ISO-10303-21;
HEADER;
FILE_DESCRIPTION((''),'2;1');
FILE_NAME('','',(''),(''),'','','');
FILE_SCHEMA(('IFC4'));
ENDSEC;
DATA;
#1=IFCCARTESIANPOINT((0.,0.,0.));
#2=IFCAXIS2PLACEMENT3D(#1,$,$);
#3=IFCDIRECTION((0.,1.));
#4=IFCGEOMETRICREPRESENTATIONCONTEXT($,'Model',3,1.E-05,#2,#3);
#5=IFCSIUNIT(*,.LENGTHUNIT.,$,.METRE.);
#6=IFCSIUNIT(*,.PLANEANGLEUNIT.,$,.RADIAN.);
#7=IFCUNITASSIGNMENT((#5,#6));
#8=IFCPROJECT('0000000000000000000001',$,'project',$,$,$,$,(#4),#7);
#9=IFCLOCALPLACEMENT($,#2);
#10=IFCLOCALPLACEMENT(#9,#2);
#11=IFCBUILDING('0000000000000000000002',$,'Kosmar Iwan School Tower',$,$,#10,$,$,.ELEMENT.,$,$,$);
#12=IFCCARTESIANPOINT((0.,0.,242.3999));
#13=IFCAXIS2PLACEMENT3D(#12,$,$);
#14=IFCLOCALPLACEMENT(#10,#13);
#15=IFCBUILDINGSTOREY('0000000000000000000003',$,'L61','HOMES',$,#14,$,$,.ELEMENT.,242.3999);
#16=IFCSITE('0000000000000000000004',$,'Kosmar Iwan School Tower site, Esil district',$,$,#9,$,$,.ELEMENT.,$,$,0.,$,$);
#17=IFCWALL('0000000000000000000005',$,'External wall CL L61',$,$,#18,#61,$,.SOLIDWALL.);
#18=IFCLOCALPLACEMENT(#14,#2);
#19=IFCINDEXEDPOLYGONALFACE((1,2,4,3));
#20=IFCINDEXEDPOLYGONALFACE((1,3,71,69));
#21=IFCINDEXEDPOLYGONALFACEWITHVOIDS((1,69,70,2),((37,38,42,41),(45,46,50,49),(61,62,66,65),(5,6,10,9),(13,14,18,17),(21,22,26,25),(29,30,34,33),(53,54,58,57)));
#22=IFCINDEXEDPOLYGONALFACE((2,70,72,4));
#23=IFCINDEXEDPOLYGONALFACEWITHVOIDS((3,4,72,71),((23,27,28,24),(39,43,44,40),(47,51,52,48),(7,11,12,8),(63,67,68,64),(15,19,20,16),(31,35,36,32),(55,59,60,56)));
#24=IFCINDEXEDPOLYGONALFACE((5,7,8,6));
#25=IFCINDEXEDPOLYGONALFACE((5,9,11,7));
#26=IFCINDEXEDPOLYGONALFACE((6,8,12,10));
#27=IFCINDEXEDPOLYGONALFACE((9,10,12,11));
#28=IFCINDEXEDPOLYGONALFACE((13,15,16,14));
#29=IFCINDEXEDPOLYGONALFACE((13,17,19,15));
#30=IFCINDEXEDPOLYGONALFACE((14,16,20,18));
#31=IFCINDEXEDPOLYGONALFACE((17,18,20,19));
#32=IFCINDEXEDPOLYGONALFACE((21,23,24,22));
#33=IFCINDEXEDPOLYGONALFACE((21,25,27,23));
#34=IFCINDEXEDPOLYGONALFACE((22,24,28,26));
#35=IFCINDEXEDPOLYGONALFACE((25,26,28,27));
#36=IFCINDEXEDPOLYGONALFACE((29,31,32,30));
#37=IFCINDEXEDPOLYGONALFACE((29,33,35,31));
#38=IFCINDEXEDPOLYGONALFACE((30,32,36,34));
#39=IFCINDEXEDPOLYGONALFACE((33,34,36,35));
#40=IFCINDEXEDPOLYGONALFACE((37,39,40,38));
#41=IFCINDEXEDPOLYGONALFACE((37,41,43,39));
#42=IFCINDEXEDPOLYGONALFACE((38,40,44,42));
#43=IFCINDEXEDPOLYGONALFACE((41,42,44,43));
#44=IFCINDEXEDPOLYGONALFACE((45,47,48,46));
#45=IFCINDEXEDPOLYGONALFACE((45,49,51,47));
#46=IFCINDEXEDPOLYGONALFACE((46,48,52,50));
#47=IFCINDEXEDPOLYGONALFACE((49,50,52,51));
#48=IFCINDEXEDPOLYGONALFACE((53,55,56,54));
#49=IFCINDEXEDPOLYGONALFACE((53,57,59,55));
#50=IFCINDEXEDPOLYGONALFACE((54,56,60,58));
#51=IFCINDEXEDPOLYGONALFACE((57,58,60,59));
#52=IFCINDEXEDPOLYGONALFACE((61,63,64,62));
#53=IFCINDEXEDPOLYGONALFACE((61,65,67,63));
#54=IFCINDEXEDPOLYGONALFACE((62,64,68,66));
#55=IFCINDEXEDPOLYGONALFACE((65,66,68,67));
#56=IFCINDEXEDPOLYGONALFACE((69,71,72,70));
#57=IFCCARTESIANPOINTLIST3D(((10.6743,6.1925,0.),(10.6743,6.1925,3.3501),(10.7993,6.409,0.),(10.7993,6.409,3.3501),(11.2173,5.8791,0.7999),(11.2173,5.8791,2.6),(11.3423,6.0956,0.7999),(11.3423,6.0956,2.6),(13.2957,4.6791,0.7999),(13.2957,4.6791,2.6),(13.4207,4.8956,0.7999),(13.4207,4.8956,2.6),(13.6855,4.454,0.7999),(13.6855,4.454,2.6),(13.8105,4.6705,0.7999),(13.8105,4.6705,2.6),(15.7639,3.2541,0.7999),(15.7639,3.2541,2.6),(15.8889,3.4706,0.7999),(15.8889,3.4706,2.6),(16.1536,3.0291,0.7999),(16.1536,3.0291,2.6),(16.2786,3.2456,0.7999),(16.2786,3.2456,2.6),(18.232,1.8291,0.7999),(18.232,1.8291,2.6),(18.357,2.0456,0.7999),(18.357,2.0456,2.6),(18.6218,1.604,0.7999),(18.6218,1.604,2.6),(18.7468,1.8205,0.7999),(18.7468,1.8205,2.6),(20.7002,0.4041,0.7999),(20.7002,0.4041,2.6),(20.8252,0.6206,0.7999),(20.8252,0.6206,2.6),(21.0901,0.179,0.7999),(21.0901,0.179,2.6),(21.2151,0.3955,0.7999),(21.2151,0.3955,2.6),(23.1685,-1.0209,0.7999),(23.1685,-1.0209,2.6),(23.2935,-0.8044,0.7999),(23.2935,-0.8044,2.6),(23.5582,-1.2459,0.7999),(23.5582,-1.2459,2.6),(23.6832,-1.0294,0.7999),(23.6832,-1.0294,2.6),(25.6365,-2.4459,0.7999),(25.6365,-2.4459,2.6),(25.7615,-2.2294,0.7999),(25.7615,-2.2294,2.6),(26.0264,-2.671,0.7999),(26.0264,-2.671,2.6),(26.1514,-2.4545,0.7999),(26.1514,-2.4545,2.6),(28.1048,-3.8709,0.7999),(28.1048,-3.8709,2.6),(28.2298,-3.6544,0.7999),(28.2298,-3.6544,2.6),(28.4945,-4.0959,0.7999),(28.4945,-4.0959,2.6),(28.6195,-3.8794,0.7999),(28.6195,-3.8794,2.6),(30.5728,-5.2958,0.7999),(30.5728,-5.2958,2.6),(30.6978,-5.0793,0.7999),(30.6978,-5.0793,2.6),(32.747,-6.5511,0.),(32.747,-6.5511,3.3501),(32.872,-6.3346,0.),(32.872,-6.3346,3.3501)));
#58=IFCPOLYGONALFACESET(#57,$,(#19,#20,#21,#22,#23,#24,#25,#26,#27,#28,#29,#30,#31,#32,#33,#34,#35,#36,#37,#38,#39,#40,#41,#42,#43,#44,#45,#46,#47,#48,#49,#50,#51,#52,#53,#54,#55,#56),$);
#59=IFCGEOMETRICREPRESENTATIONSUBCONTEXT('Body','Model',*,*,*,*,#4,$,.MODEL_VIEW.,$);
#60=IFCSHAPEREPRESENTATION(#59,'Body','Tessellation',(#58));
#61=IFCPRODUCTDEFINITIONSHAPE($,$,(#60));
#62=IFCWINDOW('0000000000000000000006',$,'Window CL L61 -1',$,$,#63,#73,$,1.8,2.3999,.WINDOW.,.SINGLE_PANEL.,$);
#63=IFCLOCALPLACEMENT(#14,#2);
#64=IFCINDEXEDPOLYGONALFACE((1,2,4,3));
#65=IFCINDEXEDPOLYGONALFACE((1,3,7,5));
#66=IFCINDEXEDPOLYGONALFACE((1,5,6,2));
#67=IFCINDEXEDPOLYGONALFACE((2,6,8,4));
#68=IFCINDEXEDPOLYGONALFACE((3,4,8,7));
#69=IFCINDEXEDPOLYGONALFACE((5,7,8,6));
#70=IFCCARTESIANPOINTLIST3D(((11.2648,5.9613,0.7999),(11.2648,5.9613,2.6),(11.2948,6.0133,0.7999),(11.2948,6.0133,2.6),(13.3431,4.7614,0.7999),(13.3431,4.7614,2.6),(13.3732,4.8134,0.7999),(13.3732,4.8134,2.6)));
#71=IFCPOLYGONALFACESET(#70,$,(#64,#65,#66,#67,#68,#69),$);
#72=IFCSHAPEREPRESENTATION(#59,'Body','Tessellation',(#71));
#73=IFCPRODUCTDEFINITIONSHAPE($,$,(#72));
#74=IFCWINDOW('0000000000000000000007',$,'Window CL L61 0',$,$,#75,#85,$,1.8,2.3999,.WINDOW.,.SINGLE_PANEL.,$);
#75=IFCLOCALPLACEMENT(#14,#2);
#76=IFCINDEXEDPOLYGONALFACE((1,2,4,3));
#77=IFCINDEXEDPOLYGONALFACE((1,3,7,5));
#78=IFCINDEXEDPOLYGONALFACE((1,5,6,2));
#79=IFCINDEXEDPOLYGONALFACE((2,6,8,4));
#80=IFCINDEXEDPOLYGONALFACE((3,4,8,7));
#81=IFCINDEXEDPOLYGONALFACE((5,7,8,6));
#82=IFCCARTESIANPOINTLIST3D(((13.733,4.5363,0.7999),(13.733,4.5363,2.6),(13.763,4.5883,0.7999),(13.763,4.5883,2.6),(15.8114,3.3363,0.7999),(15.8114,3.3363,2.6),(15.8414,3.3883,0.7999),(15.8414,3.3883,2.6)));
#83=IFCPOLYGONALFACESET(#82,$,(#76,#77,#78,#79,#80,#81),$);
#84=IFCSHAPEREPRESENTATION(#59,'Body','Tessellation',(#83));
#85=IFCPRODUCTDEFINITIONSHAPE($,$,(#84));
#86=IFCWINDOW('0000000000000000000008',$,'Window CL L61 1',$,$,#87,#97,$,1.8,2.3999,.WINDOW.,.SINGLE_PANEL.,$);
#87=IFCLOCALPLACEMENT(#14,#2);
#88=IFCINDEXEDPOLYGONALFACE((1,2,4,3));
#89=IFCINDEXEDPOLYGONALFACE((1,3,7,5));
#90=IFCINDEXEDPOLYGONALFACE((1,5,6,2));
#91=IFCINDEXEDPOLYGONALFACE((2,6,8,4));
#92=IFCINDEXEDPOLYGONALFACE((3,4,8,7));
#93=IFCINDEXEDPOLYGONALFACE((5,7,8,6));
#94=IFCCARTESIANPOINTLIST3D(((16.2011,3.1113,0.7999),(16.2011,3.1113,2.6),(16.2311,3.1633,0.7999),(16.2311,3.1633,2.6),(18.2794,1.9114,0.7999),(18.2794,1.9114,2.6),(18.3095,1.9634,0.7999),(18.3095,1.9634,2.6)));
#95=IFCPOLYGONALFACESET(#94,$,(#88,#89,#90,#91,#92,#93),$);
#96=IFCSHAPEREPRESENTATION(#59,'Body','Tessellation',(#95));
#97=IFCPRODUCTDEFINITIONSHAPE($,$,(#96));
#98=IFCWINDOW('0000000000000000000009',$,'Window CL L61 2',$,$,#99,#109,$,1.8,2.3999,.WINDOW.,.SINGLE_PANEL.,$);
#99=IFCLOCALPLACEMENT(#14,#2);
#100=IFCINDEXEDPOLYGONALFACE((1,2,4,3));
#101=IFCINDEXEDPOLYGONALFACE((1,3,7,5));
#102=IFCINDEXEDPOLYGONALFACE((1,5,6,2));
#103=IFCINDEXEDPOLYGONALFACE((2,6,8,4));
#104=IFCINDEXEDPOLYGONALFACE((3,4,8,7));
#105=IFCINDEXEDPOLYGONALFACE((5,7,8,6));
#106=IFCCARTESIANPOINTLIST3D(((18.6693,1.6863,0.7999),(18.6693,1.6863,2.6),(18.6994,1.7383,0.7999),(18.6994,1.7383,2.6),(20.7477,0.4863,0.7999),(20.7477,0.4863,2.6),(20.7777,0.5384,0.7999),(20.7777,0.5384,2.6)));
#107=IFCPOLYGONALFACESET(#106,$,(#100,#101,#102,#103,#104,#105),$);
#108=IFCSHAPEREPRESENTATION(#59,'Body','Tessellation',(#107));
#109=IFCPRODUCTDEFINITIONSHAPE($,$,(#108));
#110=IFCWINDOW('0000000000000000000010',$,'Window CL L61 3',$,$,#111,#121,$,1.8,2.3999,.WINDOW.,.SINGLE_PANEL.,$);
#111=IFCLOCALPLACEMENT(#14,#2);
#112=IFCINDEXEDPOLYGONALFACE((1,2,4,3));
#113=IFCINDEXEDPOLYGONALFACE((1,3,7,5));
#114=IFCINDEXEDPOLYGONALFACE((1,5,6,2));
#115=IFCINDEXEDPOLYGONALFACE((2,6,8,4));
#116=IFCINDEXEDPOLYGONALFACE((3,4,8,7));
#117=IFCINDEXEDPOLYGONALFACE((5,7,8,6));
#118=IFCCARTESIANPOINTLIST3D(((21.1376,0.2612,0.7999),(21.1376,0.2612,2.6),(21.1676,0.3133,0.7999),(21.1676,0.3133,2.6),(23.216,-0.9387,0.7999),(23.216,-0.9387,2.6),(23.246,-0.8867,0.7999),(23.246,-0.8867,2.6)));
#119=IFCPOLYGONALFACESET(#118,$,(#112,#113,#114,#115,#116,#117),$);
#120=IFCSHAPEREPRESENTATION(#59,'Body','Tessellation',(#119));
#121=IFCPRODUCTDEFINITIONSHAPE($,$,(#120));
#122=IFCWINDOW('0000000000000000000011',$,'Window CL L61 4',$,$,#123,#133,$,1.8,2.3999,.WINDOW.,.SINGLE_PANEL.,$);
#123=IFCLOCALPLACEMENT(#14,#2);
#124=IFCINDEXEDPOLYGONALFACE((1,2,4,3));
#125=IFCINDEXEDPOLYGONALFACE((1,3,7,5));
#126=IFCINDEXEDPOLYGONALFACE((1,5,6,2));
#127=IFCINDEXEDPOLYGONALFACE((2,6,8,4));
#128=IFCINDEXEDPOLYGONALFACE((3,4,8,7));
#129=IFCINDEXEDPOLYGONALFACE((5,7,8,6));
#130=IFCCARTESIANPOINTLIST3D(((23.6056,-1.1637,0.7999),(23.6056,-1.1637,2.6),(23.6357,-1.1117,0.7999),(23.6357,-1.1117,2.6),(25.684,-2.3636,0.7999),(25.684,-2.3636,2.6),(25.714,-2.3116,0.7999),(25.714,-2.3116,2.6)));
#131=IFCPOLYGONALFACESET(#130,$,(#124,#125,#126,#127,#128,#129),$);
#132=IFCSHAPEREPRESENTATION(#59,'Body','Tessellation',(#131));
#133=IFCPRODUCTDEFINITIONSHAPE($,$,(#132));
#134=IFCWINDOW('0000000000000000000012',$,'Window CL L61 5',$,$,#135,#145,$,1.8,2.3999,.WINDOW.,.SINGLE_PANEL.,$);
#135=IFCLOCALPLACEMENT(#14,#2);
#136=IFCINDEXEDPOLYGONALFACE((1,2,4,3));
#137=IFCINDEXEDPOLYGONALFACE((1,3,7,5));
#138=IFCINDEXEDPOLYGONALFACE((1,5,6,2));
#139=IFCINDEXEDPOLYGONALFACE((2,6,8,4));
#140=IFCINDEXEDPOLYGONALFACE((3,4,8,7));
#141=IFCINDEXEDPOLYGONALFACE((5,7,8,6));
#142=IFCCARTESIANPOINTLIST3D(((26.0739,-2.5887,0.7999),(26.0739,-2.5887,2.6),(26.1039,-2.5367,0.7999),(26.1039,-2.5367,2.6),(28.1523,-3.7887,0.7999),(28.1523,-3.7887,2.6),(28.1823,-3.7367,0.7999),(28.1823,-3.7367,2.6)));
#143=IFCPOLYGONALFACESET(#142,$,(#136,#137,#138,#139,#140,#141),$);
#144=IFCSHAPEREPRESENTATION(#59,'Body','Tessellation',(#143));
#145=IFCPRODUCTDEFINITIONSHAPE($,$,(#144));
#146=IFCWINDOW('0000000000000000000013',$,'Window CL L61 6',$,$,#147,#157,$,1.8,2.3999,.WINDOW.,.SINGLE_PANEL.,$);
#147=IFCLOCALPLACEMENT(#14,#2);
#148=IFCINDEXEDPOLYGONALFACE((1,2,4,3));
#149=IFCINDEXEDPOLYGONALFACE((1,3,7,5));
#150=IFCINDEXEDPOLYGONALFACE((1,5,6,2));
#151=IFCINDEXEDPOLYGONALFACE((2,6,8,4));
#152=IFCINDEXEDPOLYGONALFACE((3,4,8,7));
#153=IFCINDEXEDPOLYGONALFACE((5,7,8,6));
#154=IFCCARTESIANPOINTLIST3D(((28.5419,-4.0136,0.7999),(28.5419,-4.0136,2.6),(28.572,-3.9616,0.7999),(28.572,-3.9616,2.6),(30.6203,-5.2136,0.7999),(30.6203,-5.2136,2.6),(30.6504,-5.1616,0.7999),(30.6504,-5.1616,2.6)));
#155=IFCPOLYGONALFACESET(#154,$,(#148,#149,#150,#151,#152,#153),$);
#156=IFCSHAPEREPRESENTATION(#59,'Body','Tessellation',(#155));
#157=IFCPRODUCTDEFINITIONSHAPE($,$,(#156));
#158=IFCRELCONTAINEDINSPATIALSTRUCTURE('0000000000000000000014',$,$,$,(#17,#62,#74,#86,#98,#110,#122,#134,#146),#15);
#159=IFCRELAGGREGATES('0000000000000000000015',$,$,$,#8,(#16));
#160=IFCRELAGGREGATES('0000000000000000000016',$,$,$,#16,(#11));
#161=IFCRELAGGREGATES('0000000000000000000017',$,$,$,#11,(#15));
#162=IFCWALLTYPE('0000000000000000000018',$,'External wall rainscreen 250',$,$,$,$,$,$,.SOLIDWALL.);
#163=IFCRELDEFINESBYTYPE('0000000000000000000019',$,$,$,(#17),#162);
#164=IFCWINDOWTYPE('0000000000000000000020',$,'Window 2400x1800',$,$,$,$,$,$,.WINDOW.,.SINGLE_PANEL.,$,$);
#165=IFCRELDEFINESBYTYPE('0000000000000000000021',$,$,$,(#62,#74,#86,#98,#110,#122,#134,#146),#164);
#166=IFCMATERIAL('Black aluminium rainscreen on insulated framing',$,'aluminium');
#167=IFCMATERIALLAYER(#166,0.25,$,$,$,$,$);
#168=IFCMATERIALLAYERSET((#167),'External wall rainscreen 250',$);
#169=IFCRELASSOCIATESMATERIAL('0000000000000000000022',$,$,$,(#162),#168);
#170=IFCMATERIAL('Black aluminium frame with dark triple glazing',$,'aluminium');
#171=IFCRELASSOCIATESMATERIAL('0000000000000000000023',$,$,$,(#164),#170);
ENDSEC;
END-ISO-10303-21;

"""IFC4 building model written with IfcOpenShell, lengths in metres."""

from ifc_helpers import new_model, si_unit, direction, frame, frame_2d, origin, place, context, subcontext, project, spatial, rectangle, extrude, material, layer, layer_set, type_object, element, fill, save


model = new_model("IFC4")

# Units and contexts
model_context = context("Model", 3, precision=1e-05, world=origin(), true_north=direction((0.0, 1.0)))
body_context = subcontext(model_context, "Body", "Model", "MODEL_VIEW")
ifc_project = project(units=[si_unit("LENGTHUNIT", "METRE"), si_unit("PLANEANGLEUNIT", "RADIAN")], contexts=[model_context])

# Site, building, storey
site_placement = place(None, origin())
site = spatial("IfcSite", under=ifc_project, at=site_placement, Name="Kosmar Iwan School Tower site, Esil district", CompositionType="ELEMENT", RefElevation=0.0)
building_placement = place(site_placement, origin())
building = spatial("IfcBuilding", under=site, at=building_placement, Name="Kosmar Iwan School Tower", CompositionType="ELEMENT")
storey_placement = place(building_placement, frame((0.0, 0.0, 242.3999)))
storey = spatial("IfcBuildingStorey", under=building, at=storey_placement, Name="L61", Description="HOMES", CompositionType="ELEMENT", Elevation=242.3999)

# Wall, openings, windows
ifc_material_1 = material(Name="Black aluminium rainscreen on insulated framing", Category="aluminium")
ifc_layer_1 = layer(ifc_material_1, 0.25)
ifc_layer_set_1 = layer_set([ifc_layer_1], Name="External wall rainscreen 250")
wall_type_1 = type_object("IfcWallType", Name="External wall rainscreen 250", PredefinedType="SOLIDWALL", material=ifc_layer_set_1)
wall_1_placement = place(storey_placement, frame((10.7368, 6.3008, 0.0), z_axis=(0.0, 0.0, 1.0), x_axis=(0.866026, -0.499998, 0.0)))
wall_1 = element("IfcWall", 1, at=wall_1_placement, inside=storey, type_object=wall_type_1, Name="External wall CL L61", PredefinedType="SOLIDWALL", context=body_context, shape_type="SweptSolid", body=[
    extrude(rectangle(XDim=25.4873, YDim=0.25, at=frame_2d((12.7437, 0.0))), origin(), (0.0, 0.0, 1.0), 3.3501),
])
opening_1_placement = place(wall_1_placement, frame((0.627, 0.0, 0.8)))
opening_1 = element("IfcOpeningElement", 2, at=opening_1_placement, cuts=wall_1, PredefinedType="OPENING", context=body_context, shape_type="SweptSolid", body=[
    extrude(rectangle(XDim=2.3999, YDim=1.8, at=frame_2d((1.2, 0.8999))), frame((0.0, 0.137, 0.0), z_axis=(0.0, -1.0, 0.0), x_axis=(1.0, 0.0, 0.0)), (0.0, 0.0, 1.0), 0.2739),
])
opening_2_placement = place(wall_1_placement, frame((3.4771, 0.0, 0.8)))
opening_2 = element("IfcOpeningElement", 3, at=opening_2_placement, cuts=wall_1, PredefinedType="OPENING", context=body_context, shape_type="SweptSolid", body=[
    extrude(rectangle(XDim=2.3999, YDim=1.8, at=frame_2d((1.2, 0.8999))), frame((0.0, 0.137, 0.0), z_axis=(0.0, -1.0, 0.0), x_axis=(1.0, 0.0, 0.0)), (0.0, 0.0, 1.0), 0.2739),
])
opening_3_placement = place(wall_1_placement, frame((6.3269, 0.0, 0.8)))
opening_3 = element("IfcOpeningElement", 4, at=opening_3_placement, cuts=wall_1, PredefinedType="OPENING", context=body_context, shape_type="SweptSolid", body=[
    extrude(rectangle(XDim=2.3999, YDim=1.8, at=frame_2d((1.2, 0.8999))), frame((0.0, 0.137, 0.0), z_axis=(0.0, -1.0, 0.0), x_axis=(1.0, 0.0, 0.0)), (0.0, 0.0, 1.0), 0.2739),
])
opening_4_placement = place(wall_1_placement, frame((9.177, 0.0, 0.8)))
opening_4 = element("IfcOpeningElement", 5, at=opening_4_placement, cuts=wall_1, PredefinedType="OPENING", context=body_context, shape_type="SweptSolid", body=[
    extrude(rectangle(XDim=2.3999, YDim=1.8, at=frame_2d((1.2, 0.8999))), frame((0.0, 0.137, 0.0), z_axis=(0.0, -1.0, 0.0), x_axis=(1.0, 0.0, 0.0)), (0.0, 0.0, 1.0), 0.2739),
])
opening_5_placement = place(wall_1_placement, frame((12.0271, 0.0, 0.8)))
opening_5 = element("IfcOpeningElement", 6, at=opening_5_placement, cuts=wall_1, PredefinedType="OPENING", context=body_context, shape_type="SweptSolid", body=[
    extrude(rectangle(XDim=2.3999, YDim=1.8, at=frame_2d((1.2, 0.8999))), frame((0.0, 0.137, 0.0), z_axis=(0.0, -1.0, 0.0), x_axis=(1.0, 0.0, 0.0)), (0.0, 0.0, 1.0), 0.2739),
])
opening_6_placement = place(wall_1_placement, frame((14.877, 0.0, 0.8)))
opening_6 = element("IfcOpeningElement", 7, at=opening_6_placement, cuts=wall_1, PredefinedType="OPENING", context=body_context, shape_type="SweptSolid", body=[
    extrude(rectangle(XDim=2.3999, YDim=1.8, at=frame_2d((1.2, 0.8999))), frame((0.0, 0.137, 0.0), z_axis=(0.0, -1.0, 0.0), x_axis=(1.0, 0.0, 0.0)), (0.0, 0.0, 1.0), 0.2739),
])
opening_7_placement = place(wall_1_placement, frame((17.7271, 0.0, 0.8)))
opening_7 = element("IfcOpeningElement", 8, at=opening_7_placement, cuts=wall_1, PredefinedType="OPENING", context=body_context, shape_type="SweptSolid", body=[
    extrude(rectangle(XDim=2.3999, YDim=1.8, at=frame_2d((1.2, 0.8999))), frame((0.0, 0.137, 0.0), z_axis=(0.0, -1.0, 0.0), x_axis=(1.0, 0.0, 0.0)), (0.0, 0.0, 1.0), 0.2739),
])
opening_8_placement = place(wall_1_placement, frame((20.5769, 0.0, 0.8)))
opening_8 = element("IfcOpeningElement", 9, at=opening_8_placement, cuts=wall_1, PredefinedType="OPENING", context=body_context, shape_type="SweptSolid", body=[
    extrude(rectangle(XDim=2.3999, YDim=1.8, at=frame_2d((1.2, 0.8999))), frame((0.0, 0.137, 0.0), z_axis=(0.0, -1.0, 0.0), x_axis=(1.0, 0.0, 0.0)), (0.0, 0.0, 1.0), 0.2739),
])
ifc_material_2 = material(Name="Black aluminium frame with dark triple glazing", Category="aluminium")
window_type = type_object("IfcWindowType", Name="Window 2400x1800", PartitioningType="SINGLE_PANEL", PredefinedType="WINDOW", material=ifc_material_2)
window_1_placement = place(opening_1_placement, origin())
window_1 = element("IfcWindow", 10, at=window_1_placement, inside=storey, type_object=window_type, Name="Window CL L61 -1", OverallHeight=1.8, OverallWidth=2.3999, PartitioningType="SINGLE_PANEL", PredefinedType="WINDOW", context=body_context, shape_type="SweptSolid", body=[
    extrude(rectangle(XDim=2.3999, YDim=1.8, at=frame_2d((1.2, 0.8999))), frame((0.0, 0.03, 0.0), z_axis=(0.0, -1.0, 0.0), x_axis=(1.0, 0.0, 0.0)), (0.0, 0.0, 1.0), 0.0601),
])
fill(opening_1, window_1)
window_2_placement = place(opening_2_placement, origin())
window_2 = element("IfcWindow", 11, at=window_2_placement, inside=storey, type_object=window_type, Name="Window CL L61 0", OverallHeight=1.8, OverallWidth=2.3999, PartitioningType="SINGLE_PANEL", PredefinedType="WINDOW", context=body_context, shape_type="SweptSolid", body=[
    extrude(rectangle(XDim=2.3999, YDim=1.8, at=frame_2d((1.2, 0.8999))), frame((0.0, 0.03, 0.0), z_axis=(0.0, -1.0, 0.0), x_axis=(1.0, 0.0, 0.0)), (0.0, 0.0, 1.0), 0.0601),
])
fill(opening_2, window_2)
window_3_placement = place(opening_3_placement, origin())
window_3 = element("IfcWindow", 12, at=window_3_placement, inside=storey, type_object=window_type, Name="Window CL L61 1", OverallHeight=1.8, OverallWidth=2.3999, PartitioningType="SINGLE_PANEL", PredefinedType="WINDOW", context=body_context, shape_type="SweptSolid", body=[
    extrude(rectangle(XDim=2.3999, YDim=1.8, at=frame_2d((1.2, 0.8999))), frame((0.0, 0.03, 0.0), z_axis=(0.0, -1.0, 0.0), x_axis=(1.0, 0.0, 0.0)), (0.0, 0.0, 1.0), 0.0601),
])
fill(opening_3, window_3)
window_4_placement = place(opening_4_placement, origin())
window_4 = element("IfcWindow", 13, at=window_4_placement, inside=storey, type_object=window_type, Name="Window CL L61 2", OverallHeight=1.8, OverallWidth=2.3999, PartitioningType="SINGLE_PANEL", PredefinedType="WINDOW", context=body_context, shape_type="SweptSolid", body=[
    extrude(rectangle(XDim=2.3999, YDim=1.8, at=frame_2d((1.2, 0.8999))), frame((0.0, 0.03, 0.0), z_axis=(0.0, -1.0, 0.0), x_axis=(1.0, 0.0, 0.0)), (0.0, 0.0, 1.0), 0.0601),
])
fill(opening_4, window_4)
window_5_placement = place(opening_5_placement, origin())
window_5 = element("IfcWindow", 14, at=window_5_placement, inside=storey, type_object=window_type, Name="Window CL L61 3", OverallHeight=1.8, OverallWidth=2.3999, PartitioningType="SINGLE_PANEL", PredefinedType="WINDOW", context=body_context, shape_type="SweptSolid", body=[
    extrude(rectangle(XDim=2.3999, YDim=1.8, at=frame_2d((1.2, 0.8999))), frame((0.0, 0.03, 0.0), z_axis=(0.0, -1.0, 0.0), x_axis=(1.0, 0.0, 0.0)), (0.0, 0.0, 1.0), 0.0601),
])
fill(opening_5, window_5)
window_6_placement = place(opening_6_placement, origin())
window_6 = element("IfcWindow", 15, at=window_6_placement, inside=storey, type_object=window_type, Name="Window CL L61 4", OverallHeight=1.8, OverallWidth=2.3999, PartitioningType="SINGLE_PANEL", PredefinedType="WINDOW", context=body_context, shape_type="SweptSolid", body=[
    extrude(rectangle(XDim=2.3999, YDim=1.8, at=frame_2d((1.2, 0.8999))), frame((0.0, 0.03, 0.0), z_axis=(0.0, -1.0, 0.0), x_axis=(1.0, 0.0, 0.0)), (0.0, 0.0, 1.0), 0.0601),
])
fill(opening_6, window_6)
window_7_placement = place(opening_7_placement, origin())
window_7 = element("IfcWindow", 16, at=window_7_placement, inside=storey, type_object=window_type, Name="Window CL L61 5", OverallHeight=1.8, OverallWidth=2.3999, PartitioningType="SINGLE_PANEL", PredefinedType="WINDOW", context=body_context, shape_type="SweptSolid", body=[
    extrude(rectangle(XDim=2.3999, YDim=1.8, at=frame_2d((1.2, 0.8999))), frame((0.0, 0.03, 0.0), z_axis=(0.0, -1.0, 0.0), x_axis=(1.0, 0.0, 0.0)), (0.0, 0.0, 1.0), 0.0601),
])
fill(opening_7, window_7)
window_8_placement = place(opening_8_placement, origin())
window_8 = element("IfcWindow", 17, at=window_8_placement, inside=storey, type_object=window_type, Name="Window CL L61 6", OverallHeight=1.8, OverallWidth=2.3999, PartitioningType="SINGLE_PANEL", PredefinedType="WINDOW", context=body_context, shape_type="SweptSolid", body=[
    extrude(rectangle(XDim=2.3999, YDim=1.8, at=frame_2d((1.2, 0.8999))), frame((0.0, 0.03, 0.0), z_axis=(0.0, -1.0, 0.0), x_axis=(1.0, 0.0, 0.0)), (0.0, 0.0, 1.0), 0.0601),
])
fill(opening_8, window_8)

save(model, "model.ifc")
